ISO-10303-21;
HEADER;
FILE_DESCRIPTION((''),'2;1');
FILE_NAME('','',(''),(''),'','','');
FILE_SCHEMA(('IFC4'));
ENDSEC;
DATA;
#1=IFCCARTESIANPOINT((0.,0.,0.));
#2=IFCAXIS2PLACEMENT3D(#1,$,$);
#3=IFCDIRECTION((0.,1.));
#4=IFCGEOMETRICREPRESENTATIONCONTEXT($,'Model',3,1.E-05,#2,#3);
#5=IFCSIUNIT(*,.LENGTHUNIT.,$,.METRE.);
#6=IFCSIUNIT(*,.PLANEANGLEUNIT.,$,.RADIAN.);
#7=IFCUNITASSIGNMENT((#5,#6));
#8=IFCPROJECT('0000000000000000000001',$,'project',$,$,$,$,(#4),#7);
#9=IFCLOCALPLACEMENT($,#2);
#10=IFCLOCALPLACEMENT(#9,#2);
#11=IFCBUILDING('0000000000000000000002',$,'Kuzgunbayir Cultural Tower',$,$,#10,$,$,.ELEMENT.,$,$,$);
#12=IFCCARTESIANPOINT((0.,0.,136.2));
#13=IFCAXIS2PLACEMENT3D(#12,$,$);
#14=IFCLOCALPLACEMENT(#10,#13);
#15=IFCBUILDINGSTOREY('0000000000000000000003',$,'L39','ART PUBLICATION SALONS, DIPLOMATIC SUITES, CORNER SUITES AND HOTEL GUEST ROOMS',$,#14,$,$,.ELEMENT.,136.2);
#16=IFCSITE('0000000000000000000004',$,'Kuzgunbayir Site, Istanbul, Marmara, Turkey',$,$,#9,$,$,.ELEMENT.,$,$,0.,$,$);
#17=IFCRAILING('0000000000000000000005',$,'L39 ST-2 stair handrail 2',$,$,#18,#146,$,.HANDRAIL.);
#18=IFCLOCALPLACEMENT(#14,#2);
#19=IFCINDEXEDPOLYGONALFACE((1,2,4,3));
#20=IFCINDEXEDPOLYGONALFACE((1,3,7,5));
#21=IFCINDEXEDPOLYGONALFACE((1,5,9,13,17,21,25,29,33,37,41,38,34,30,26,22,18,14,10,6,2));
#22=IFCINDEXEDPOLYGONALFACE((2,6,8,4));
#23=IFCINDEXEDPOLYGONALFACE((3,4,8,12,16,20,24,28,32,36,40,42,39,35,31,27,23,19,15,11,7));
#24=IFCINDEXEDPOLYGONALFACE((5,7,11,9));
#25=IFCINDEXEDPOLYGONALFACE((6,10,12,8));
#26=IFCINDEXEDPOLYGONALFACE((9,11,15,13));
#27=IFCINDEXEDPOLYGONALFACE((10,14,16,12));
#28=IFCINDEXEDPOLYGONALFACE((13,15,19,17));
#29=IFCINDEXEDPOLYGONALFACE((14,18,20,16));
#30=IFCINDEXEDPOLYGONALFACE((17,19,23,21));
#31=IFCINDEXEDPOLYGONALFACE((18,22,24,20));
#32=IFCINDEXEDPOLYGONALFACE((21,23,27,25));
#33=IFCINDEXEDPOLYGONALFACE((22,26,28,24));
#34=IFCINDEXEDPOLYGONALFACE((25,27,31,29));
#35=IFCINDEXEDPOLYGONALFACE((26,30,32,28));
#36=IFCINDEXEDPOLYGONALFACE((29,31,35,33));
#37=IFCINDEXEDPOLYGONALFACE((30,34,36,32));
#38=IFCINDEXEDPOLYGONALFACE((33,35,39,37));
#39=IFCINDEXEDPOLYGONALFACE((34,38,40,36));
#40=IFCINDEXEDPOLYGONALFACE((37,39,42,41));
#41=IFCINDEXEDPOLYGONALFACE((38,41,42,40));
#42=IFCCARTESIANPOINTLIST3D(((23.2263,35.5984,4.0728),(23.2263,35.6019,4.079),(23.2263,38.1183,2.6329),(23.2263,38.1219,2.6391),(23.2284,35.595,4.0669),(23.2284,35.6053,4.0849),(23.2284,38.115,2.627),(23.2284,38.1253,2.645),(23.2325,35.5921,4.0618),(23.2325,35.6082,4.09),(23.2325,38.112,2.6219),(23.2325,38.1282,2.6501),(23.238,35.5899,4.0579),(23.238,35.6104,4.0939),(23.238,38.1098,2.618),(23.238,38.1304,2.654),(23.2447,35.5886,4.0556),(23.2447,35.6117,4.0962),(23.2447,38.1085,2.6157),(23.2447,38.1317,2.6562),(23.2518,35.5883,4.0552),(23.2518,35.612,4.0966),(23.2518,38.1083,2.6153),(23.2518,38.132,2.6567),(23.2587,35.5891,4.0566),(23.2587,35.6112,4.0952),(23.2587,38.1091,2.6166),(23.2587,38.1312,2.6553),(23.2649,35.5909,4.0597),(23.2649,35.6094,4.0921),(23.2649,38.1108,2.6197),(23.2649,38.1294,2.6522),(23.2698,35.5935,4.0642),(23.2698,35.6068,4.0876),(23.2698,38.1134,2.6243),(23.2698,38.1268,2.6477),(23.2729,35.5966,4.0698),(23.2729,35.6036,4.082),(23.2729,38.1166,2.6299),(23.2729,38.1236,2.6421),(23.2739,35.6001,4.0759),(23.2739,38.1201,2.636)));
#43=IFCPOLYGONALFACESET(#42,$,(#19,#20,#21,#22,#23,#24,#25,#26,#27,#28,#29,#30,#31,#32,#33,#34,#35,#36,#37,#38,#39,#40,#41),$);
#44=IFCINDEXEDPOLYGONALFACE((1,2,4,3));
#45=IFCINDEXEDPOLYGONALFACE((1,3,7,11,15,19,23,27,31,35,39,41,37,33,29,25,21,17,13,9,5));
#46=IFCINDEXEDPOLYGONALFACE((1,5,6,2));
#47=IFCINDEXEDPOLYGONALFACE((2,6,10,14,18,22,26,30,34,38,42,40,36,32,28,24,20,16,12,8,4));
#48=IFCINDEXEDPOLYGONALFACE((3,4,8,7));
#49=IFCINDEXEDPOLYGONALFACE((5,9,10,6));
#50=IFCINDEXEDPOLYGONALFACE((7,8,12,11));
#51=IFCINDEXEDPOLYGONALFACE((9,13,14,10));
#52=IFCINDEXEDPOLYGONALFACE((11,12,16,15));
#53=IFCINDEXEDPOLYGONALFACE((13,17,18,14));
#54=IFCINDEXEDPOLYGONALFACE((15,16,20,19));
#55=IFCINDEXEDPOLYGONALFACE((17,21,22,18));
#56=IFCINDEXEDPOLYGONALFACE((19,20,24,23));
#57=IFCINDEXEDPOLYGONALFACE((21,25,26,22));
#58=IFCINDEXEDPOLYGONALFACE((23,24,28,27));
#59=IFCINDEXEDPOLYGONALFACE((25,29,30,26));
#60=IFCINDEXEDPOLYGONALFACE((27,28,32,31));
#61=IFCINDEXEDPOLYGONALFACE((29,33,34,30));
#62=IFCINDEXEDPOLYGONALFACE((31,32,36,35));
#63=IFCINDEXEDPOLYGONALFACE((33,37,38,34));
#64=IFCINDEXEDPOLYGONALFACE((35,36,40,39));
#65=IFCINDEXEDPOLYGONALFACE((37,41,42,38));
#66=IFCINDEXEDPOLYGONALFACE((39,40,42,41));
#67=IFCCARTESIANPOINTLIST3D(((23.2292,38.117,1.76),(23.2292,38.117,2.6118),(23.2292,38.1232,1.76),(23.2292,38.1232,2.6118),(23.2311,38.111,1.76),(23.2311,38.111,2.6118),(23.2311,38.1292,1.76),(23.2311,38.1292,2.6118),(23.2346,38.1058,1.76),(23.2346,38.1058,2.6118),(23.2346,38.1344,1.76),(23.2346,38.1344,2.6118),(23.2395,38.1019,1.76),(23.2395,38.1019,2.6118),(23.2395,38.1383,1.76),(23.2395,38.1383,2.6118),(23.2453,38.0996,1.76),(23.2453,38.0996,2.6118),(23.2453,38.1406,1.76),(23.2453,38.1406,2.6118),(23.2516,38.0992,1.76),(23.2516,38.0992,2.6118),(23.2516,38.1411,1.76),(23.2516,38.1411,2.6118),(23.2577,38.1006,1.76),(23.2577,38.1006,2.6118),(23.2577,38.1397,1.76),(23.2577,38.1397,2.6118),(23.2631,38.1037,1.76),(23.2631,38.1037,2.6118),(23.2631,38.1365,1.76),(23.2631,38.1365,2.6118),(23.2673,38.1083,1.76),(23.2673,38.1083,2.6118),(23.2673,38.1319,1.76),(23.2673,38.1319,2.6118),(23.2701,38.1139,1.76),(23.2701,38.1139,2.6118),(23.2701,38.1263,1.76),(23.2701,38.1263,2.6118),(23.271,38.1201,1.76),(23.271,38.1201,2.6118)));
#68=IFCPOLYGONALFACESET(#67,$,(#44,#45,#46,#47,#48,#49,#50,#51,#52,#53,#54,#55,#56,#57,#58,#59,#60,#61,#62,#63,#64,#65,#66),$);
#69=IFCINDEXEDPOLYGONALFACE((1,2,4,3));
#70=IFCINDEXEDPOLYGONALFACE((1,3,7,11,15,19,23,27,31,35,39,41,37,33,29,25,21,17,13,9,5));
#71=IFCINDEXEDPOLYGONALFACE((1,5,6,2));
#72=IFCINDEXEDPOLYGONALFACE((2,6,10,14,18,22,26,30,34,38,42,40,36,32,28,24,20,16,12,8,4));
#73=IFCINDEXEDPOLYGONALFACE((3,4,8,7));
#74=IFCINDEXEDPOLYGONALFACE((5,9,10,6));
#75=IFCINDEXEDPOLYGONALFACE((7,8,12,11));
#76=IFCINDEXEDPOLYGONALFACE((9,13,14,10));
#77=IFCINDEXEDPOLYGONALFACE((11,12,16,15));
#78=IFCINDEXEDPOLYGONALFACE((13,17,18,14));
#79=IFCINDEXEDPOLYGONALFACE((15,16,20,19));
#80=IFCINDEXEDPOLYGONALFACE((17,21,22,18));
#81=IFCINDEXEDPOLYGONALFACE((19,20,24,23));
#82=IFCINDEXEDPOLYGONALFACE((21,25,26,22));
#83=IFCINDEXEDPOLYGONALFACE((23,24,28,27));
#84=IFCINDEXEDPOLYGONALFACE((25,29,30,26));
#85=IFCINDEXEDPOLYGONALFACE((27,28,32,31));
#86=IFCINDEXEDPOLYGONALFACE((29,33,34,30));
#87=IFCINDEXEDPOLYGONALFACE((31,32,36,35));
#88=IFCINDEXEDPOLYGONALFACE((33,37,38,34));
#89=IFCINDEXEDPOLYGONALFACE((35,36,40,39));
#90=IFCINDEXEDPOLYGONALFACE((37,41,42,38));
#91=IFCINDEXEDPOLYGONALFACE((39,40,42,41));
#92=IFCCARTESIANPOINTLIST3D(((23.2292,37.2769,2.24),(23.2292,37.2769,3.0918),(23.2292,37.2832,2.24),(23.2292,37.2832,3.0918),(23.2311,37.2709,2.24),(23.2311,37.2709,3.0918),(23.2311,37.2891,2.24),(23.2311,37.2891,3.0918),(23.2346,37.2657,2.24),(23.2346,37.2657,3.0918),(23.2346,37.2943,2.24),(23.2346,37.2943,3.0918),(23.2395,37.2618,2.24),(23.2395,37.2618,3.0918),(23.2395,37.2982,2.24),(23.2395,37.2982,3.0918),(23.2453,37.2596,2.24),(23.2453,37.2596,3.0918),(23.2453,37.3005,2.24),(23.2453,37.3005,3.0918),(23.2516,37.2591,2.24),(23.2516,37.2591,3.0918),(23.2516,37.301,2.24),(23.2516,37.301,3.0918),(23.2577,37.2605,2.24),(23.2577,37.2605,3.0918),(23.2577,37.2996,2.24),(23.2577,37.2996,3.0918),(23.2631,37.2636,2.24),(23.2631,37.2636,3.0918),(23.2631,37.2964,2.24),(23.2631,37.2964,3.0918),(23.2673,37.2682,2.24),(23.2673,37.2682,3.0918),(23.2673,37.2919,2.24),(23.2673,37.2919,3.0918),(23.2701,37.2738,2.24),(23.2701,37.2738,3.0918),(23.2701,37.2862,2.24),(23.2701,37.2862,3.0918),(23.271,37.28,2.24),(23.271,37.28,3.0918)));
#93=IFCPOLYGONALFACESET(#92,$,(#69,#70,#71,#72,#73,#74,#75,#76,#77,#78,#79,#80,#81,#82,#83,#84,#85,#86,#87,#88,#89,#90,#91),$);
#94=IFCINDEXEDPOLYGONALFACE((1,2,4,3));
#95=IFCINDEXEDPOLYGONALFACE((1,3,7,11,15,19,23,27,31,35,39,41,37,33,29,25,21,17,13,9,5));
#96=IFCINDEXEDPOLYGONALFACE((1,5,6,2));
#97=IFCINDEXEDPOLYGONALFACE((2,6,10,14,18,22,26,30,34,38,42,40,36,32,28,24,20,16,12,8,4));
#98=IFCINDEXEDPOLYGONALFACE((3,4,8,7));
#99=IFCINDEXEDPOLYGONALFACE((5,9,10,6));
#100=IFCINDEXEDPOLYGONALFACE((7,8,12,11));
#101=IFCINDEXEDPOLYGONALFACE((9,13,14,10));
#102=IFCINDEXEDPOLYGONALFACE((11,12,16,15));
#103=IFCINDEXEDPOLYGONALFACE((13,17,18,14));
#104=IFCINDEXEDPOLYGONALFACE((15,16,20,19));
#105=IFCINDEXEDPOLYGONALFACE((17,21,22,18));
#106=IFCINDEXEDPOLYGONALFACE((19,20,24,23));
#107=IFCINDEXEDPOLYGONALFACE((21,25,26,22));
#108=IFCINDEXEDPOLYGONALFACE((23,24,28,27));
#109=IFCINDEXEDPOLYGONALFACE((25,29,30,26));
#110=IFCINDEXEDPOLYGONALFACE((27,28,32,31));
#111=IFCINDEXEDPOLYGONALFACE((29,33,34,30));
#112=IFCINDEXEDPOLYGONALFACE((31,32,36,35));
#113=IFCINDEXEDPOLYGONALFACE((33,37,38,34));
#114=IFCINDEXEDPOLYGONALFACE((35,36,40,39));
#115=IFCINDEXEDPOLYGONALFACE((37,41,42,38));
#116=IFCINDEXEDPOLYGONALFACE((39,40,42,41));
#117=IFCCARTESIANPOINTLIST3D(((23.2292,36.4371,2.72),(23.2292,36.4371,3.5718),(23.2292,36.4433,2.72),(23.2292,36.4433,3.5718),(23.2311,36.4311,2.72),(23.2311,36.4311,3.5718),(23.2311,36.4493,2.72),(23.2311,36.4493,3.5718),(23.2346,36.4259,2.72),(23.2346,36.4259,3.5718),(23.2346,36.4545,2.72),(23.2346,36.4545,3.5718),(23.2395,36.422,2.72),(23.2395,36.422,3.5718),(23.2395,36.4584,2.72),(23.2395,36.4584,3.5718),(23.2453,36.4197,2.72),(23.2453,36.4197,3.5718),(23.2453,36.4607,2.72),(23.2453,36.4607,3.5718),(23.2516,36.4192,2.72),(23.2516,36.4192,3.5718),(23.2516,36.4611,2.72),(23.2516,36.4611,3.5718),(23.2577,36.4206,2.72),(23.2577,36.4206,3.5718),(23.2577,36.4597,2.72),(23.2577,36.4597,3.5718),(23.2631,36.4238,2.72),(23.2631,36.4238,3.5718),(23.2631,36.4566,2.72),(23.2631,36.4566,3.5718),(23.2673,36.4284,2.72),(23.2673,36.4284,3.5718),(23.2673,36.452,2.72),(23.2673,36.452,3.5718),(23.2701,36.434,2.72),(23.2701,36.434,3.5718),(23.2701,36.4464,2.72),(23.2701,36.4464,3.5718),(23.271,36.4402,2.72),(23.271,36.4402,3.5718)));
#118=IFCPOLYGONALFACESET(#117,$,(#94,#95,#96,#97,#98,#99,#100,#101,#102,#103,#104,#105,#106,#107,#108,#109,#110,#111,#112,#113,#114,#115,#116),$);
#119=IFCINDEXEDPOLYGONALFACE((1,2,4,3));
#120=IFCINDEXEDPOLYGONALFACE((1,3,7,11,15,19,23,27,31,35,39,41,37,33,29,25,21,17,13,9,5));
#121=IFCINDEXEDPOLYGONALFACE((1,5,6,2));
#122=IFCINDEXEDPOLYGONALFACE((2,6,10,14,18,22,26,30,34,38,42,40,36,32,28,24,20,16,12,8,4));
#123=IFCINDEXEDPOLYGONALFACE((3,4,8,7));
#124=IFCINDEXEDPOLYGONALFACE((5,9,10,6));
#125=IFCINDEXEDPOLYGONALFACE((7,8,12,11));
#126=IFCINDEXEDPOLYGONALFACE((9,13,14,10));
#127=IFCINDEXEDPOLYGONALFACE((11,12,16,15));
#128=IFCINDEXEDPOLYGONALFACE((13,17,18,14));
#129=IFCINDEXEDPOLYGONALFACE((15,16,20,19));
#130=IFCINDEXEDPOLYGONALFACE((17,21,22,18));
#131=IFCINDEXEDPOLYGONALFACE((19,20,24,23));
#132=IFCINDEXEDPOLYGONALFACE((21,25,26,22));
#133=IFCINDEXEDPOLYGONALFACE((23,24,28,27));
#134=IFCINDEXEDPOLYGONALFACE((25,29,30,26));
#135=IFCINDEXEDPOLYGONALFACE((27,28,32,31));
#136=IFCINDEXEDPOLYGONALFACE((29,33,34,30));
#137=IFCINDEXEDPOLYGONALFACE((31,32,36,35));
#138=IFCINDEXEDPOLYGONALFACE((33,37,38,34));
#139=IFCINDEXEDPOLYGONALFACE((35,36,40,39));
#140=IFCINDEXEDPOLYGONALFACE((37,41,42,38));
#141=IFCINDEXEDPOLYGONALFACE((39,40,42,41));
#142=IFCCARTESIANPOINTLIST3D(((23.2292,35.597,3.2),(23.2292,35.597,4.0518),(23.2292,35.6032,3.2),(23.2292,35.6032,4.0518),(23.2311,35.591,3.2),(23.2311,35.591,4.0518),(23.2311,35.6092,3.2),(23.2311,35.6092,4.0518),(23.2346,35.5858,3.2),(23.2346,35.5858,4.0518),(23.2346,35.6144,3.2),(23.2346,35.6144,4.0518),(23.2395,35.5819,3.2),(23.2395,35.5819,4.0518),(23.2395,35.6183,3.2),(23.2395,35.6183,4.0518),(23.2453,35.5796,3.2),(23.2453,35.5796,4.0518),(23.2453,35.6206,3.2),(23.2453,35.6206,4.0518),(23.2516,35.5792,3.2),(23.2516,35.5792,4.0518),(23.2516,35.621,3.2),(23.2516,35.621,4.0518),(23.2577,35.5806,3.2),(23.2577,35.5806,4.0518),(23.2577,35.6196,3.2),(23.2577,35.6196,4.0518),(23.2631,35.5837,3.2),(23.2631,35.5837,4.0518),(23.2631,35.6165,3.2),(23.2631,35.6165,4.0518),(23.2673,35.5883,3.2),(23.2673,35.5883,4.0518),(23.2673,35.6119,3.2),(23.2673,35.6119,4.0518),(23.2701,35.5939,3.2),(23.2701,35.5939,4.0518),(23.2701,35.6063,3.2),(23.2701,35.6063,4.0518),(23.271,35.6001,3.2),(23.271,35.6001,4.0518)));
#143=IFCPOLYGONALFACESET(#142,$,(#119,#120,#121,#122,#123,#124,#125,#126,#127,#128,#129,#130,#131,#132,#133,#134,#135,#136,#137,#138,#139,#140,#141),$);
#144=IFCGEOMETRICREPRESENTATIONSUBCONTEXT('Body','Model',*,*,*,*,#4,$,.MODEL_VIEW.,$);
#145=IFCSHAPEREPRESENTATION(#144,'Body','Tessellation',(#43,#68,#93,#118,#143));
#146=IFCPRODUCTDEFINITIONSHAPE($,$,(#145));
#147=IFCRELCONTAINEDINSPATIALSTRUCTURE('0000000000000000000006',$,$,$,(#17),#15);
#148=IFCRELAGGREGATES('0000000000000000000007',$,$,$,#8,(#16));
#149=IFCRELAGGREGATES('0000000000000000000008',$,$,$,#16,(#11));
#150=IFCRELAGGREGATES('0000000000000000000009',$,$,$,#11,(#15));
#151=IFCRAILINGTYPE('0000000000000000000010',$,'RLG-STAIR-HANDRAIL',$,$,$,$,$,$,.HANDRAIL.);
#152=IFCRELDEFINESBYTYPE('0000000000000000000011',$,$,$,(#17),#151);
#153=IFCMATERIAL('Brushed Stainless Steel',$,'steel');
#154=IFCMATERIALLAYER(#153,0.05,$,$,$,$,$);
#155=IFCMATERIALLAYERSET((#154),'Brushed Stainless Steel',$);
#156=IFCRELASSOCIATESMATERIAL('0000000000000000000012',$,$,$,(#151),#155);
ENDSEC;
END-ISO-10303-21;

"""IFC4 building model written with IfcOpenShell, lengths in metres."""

from ifc_helpers import new_model, si_unit, direction, frame, origin, origin_2d, place, context, subcontext, project, spatial, circle, extrude, material, layer, layer_set, type_object, element, save


model = new_model("IFC4")

# Units and contexts
model_context = context("Model", 3, precision=1e-05, world=origin(), true_north=direction((0.0, 1.0)))
body_context = subcontext(model_context, "Body", "Model", "MODEL_VIEW")
ifc_project = project(units=[si_unit("LENGTHUNIT", "METRE"), si_unit("PLANEANGLEUNIT", "RADIAN")], contexts=[model_context])

# Site, building, storey
site_placement = place(None, origin())
site = spatial("IfcSite", under=ifc_project, at=site_placement, Name="Kuzgunbayir Site, Istanbul, Marmara, Turkey", CompositionType="ELEMENT", RefElevation=0.0)
building_placement = place(site_placement, origin())
building = spatial("IfcBuilding", under=site, at=building_placement, Name="Kuzgunbayir Cultural Tower", CompositionType="ELEMENT")
storey_placement = place(building_placement, frame((0.0, 0.0, 136.2)))
storey = spatial("IfcBuildingStorey", under=building, at=storey_placement, Name="L39", Description="ART PUBLICATION SALONS, DIPLOMATIC SUITES, CORNER SUITES AND HOTEL GUEST ROOMS", CompositionType="ELEMENT", Elevation=136.2)

# Shared definitions
ifc_material_1 = material(Name="Brushed Stainless Steel", Category="steel")

# Railing
ifc_layer_1 = layer(ifc_material_1, 0.05)
ifc_layer_set_1 = layer_set([ifc_layer_1], Name="Brushed Stainless Steel")
railing_type_1 = type_object("IfcRailingType", Name="RLG-STAIR-HANDRAIL", PredefinedType="HANDRAIL", material=ifc_layer_set_1)
railing_1_placement = place(storey_placement, frame((23.25, 38.1201, 1.76)))
element("IfcRailing", 1, at=railing_1_placement, inside=storey, type_object=railing_type_1, Name="L39 ST-2 stair handrail 2", PredefinedType="HANDRAIL", context=body_context, shape_type="SweptSolid", body=[
    extrude(circle(Radius=0.0239, at=origin_2d()), frame((0.0, 0.0, 0.876), z_axis=(0.0, -0.868253, 0.496121), x_axis=(1.0, 0.0, 0.0)), (0.0, 0.0, 1.0), 2.9023),
    extrude(circle(Radius=0.021, at=origin_2d()), origin(), (0.0, 0.0, 1.0), 0.8518),
    extrude(circle(Radius=0.021, at=origin_2d()), frame((0.0, -0.8401, 0.48)), (0.0, 0.0, 1.0), 0.8518),
    extrude(circle(Radius=0.021, at=origin_2d()), frame((0.0, -1.6799, 0.96)), (0.0, 0.0, 1.0), 0.8518),
    extrude(circle(Radius=0.021, at=origin_2d()), frame((0.0, -2.52, 1.4399)), (0.0, 0.0, 1.0), 0.8518),
])

save(model, "model.ifc")
